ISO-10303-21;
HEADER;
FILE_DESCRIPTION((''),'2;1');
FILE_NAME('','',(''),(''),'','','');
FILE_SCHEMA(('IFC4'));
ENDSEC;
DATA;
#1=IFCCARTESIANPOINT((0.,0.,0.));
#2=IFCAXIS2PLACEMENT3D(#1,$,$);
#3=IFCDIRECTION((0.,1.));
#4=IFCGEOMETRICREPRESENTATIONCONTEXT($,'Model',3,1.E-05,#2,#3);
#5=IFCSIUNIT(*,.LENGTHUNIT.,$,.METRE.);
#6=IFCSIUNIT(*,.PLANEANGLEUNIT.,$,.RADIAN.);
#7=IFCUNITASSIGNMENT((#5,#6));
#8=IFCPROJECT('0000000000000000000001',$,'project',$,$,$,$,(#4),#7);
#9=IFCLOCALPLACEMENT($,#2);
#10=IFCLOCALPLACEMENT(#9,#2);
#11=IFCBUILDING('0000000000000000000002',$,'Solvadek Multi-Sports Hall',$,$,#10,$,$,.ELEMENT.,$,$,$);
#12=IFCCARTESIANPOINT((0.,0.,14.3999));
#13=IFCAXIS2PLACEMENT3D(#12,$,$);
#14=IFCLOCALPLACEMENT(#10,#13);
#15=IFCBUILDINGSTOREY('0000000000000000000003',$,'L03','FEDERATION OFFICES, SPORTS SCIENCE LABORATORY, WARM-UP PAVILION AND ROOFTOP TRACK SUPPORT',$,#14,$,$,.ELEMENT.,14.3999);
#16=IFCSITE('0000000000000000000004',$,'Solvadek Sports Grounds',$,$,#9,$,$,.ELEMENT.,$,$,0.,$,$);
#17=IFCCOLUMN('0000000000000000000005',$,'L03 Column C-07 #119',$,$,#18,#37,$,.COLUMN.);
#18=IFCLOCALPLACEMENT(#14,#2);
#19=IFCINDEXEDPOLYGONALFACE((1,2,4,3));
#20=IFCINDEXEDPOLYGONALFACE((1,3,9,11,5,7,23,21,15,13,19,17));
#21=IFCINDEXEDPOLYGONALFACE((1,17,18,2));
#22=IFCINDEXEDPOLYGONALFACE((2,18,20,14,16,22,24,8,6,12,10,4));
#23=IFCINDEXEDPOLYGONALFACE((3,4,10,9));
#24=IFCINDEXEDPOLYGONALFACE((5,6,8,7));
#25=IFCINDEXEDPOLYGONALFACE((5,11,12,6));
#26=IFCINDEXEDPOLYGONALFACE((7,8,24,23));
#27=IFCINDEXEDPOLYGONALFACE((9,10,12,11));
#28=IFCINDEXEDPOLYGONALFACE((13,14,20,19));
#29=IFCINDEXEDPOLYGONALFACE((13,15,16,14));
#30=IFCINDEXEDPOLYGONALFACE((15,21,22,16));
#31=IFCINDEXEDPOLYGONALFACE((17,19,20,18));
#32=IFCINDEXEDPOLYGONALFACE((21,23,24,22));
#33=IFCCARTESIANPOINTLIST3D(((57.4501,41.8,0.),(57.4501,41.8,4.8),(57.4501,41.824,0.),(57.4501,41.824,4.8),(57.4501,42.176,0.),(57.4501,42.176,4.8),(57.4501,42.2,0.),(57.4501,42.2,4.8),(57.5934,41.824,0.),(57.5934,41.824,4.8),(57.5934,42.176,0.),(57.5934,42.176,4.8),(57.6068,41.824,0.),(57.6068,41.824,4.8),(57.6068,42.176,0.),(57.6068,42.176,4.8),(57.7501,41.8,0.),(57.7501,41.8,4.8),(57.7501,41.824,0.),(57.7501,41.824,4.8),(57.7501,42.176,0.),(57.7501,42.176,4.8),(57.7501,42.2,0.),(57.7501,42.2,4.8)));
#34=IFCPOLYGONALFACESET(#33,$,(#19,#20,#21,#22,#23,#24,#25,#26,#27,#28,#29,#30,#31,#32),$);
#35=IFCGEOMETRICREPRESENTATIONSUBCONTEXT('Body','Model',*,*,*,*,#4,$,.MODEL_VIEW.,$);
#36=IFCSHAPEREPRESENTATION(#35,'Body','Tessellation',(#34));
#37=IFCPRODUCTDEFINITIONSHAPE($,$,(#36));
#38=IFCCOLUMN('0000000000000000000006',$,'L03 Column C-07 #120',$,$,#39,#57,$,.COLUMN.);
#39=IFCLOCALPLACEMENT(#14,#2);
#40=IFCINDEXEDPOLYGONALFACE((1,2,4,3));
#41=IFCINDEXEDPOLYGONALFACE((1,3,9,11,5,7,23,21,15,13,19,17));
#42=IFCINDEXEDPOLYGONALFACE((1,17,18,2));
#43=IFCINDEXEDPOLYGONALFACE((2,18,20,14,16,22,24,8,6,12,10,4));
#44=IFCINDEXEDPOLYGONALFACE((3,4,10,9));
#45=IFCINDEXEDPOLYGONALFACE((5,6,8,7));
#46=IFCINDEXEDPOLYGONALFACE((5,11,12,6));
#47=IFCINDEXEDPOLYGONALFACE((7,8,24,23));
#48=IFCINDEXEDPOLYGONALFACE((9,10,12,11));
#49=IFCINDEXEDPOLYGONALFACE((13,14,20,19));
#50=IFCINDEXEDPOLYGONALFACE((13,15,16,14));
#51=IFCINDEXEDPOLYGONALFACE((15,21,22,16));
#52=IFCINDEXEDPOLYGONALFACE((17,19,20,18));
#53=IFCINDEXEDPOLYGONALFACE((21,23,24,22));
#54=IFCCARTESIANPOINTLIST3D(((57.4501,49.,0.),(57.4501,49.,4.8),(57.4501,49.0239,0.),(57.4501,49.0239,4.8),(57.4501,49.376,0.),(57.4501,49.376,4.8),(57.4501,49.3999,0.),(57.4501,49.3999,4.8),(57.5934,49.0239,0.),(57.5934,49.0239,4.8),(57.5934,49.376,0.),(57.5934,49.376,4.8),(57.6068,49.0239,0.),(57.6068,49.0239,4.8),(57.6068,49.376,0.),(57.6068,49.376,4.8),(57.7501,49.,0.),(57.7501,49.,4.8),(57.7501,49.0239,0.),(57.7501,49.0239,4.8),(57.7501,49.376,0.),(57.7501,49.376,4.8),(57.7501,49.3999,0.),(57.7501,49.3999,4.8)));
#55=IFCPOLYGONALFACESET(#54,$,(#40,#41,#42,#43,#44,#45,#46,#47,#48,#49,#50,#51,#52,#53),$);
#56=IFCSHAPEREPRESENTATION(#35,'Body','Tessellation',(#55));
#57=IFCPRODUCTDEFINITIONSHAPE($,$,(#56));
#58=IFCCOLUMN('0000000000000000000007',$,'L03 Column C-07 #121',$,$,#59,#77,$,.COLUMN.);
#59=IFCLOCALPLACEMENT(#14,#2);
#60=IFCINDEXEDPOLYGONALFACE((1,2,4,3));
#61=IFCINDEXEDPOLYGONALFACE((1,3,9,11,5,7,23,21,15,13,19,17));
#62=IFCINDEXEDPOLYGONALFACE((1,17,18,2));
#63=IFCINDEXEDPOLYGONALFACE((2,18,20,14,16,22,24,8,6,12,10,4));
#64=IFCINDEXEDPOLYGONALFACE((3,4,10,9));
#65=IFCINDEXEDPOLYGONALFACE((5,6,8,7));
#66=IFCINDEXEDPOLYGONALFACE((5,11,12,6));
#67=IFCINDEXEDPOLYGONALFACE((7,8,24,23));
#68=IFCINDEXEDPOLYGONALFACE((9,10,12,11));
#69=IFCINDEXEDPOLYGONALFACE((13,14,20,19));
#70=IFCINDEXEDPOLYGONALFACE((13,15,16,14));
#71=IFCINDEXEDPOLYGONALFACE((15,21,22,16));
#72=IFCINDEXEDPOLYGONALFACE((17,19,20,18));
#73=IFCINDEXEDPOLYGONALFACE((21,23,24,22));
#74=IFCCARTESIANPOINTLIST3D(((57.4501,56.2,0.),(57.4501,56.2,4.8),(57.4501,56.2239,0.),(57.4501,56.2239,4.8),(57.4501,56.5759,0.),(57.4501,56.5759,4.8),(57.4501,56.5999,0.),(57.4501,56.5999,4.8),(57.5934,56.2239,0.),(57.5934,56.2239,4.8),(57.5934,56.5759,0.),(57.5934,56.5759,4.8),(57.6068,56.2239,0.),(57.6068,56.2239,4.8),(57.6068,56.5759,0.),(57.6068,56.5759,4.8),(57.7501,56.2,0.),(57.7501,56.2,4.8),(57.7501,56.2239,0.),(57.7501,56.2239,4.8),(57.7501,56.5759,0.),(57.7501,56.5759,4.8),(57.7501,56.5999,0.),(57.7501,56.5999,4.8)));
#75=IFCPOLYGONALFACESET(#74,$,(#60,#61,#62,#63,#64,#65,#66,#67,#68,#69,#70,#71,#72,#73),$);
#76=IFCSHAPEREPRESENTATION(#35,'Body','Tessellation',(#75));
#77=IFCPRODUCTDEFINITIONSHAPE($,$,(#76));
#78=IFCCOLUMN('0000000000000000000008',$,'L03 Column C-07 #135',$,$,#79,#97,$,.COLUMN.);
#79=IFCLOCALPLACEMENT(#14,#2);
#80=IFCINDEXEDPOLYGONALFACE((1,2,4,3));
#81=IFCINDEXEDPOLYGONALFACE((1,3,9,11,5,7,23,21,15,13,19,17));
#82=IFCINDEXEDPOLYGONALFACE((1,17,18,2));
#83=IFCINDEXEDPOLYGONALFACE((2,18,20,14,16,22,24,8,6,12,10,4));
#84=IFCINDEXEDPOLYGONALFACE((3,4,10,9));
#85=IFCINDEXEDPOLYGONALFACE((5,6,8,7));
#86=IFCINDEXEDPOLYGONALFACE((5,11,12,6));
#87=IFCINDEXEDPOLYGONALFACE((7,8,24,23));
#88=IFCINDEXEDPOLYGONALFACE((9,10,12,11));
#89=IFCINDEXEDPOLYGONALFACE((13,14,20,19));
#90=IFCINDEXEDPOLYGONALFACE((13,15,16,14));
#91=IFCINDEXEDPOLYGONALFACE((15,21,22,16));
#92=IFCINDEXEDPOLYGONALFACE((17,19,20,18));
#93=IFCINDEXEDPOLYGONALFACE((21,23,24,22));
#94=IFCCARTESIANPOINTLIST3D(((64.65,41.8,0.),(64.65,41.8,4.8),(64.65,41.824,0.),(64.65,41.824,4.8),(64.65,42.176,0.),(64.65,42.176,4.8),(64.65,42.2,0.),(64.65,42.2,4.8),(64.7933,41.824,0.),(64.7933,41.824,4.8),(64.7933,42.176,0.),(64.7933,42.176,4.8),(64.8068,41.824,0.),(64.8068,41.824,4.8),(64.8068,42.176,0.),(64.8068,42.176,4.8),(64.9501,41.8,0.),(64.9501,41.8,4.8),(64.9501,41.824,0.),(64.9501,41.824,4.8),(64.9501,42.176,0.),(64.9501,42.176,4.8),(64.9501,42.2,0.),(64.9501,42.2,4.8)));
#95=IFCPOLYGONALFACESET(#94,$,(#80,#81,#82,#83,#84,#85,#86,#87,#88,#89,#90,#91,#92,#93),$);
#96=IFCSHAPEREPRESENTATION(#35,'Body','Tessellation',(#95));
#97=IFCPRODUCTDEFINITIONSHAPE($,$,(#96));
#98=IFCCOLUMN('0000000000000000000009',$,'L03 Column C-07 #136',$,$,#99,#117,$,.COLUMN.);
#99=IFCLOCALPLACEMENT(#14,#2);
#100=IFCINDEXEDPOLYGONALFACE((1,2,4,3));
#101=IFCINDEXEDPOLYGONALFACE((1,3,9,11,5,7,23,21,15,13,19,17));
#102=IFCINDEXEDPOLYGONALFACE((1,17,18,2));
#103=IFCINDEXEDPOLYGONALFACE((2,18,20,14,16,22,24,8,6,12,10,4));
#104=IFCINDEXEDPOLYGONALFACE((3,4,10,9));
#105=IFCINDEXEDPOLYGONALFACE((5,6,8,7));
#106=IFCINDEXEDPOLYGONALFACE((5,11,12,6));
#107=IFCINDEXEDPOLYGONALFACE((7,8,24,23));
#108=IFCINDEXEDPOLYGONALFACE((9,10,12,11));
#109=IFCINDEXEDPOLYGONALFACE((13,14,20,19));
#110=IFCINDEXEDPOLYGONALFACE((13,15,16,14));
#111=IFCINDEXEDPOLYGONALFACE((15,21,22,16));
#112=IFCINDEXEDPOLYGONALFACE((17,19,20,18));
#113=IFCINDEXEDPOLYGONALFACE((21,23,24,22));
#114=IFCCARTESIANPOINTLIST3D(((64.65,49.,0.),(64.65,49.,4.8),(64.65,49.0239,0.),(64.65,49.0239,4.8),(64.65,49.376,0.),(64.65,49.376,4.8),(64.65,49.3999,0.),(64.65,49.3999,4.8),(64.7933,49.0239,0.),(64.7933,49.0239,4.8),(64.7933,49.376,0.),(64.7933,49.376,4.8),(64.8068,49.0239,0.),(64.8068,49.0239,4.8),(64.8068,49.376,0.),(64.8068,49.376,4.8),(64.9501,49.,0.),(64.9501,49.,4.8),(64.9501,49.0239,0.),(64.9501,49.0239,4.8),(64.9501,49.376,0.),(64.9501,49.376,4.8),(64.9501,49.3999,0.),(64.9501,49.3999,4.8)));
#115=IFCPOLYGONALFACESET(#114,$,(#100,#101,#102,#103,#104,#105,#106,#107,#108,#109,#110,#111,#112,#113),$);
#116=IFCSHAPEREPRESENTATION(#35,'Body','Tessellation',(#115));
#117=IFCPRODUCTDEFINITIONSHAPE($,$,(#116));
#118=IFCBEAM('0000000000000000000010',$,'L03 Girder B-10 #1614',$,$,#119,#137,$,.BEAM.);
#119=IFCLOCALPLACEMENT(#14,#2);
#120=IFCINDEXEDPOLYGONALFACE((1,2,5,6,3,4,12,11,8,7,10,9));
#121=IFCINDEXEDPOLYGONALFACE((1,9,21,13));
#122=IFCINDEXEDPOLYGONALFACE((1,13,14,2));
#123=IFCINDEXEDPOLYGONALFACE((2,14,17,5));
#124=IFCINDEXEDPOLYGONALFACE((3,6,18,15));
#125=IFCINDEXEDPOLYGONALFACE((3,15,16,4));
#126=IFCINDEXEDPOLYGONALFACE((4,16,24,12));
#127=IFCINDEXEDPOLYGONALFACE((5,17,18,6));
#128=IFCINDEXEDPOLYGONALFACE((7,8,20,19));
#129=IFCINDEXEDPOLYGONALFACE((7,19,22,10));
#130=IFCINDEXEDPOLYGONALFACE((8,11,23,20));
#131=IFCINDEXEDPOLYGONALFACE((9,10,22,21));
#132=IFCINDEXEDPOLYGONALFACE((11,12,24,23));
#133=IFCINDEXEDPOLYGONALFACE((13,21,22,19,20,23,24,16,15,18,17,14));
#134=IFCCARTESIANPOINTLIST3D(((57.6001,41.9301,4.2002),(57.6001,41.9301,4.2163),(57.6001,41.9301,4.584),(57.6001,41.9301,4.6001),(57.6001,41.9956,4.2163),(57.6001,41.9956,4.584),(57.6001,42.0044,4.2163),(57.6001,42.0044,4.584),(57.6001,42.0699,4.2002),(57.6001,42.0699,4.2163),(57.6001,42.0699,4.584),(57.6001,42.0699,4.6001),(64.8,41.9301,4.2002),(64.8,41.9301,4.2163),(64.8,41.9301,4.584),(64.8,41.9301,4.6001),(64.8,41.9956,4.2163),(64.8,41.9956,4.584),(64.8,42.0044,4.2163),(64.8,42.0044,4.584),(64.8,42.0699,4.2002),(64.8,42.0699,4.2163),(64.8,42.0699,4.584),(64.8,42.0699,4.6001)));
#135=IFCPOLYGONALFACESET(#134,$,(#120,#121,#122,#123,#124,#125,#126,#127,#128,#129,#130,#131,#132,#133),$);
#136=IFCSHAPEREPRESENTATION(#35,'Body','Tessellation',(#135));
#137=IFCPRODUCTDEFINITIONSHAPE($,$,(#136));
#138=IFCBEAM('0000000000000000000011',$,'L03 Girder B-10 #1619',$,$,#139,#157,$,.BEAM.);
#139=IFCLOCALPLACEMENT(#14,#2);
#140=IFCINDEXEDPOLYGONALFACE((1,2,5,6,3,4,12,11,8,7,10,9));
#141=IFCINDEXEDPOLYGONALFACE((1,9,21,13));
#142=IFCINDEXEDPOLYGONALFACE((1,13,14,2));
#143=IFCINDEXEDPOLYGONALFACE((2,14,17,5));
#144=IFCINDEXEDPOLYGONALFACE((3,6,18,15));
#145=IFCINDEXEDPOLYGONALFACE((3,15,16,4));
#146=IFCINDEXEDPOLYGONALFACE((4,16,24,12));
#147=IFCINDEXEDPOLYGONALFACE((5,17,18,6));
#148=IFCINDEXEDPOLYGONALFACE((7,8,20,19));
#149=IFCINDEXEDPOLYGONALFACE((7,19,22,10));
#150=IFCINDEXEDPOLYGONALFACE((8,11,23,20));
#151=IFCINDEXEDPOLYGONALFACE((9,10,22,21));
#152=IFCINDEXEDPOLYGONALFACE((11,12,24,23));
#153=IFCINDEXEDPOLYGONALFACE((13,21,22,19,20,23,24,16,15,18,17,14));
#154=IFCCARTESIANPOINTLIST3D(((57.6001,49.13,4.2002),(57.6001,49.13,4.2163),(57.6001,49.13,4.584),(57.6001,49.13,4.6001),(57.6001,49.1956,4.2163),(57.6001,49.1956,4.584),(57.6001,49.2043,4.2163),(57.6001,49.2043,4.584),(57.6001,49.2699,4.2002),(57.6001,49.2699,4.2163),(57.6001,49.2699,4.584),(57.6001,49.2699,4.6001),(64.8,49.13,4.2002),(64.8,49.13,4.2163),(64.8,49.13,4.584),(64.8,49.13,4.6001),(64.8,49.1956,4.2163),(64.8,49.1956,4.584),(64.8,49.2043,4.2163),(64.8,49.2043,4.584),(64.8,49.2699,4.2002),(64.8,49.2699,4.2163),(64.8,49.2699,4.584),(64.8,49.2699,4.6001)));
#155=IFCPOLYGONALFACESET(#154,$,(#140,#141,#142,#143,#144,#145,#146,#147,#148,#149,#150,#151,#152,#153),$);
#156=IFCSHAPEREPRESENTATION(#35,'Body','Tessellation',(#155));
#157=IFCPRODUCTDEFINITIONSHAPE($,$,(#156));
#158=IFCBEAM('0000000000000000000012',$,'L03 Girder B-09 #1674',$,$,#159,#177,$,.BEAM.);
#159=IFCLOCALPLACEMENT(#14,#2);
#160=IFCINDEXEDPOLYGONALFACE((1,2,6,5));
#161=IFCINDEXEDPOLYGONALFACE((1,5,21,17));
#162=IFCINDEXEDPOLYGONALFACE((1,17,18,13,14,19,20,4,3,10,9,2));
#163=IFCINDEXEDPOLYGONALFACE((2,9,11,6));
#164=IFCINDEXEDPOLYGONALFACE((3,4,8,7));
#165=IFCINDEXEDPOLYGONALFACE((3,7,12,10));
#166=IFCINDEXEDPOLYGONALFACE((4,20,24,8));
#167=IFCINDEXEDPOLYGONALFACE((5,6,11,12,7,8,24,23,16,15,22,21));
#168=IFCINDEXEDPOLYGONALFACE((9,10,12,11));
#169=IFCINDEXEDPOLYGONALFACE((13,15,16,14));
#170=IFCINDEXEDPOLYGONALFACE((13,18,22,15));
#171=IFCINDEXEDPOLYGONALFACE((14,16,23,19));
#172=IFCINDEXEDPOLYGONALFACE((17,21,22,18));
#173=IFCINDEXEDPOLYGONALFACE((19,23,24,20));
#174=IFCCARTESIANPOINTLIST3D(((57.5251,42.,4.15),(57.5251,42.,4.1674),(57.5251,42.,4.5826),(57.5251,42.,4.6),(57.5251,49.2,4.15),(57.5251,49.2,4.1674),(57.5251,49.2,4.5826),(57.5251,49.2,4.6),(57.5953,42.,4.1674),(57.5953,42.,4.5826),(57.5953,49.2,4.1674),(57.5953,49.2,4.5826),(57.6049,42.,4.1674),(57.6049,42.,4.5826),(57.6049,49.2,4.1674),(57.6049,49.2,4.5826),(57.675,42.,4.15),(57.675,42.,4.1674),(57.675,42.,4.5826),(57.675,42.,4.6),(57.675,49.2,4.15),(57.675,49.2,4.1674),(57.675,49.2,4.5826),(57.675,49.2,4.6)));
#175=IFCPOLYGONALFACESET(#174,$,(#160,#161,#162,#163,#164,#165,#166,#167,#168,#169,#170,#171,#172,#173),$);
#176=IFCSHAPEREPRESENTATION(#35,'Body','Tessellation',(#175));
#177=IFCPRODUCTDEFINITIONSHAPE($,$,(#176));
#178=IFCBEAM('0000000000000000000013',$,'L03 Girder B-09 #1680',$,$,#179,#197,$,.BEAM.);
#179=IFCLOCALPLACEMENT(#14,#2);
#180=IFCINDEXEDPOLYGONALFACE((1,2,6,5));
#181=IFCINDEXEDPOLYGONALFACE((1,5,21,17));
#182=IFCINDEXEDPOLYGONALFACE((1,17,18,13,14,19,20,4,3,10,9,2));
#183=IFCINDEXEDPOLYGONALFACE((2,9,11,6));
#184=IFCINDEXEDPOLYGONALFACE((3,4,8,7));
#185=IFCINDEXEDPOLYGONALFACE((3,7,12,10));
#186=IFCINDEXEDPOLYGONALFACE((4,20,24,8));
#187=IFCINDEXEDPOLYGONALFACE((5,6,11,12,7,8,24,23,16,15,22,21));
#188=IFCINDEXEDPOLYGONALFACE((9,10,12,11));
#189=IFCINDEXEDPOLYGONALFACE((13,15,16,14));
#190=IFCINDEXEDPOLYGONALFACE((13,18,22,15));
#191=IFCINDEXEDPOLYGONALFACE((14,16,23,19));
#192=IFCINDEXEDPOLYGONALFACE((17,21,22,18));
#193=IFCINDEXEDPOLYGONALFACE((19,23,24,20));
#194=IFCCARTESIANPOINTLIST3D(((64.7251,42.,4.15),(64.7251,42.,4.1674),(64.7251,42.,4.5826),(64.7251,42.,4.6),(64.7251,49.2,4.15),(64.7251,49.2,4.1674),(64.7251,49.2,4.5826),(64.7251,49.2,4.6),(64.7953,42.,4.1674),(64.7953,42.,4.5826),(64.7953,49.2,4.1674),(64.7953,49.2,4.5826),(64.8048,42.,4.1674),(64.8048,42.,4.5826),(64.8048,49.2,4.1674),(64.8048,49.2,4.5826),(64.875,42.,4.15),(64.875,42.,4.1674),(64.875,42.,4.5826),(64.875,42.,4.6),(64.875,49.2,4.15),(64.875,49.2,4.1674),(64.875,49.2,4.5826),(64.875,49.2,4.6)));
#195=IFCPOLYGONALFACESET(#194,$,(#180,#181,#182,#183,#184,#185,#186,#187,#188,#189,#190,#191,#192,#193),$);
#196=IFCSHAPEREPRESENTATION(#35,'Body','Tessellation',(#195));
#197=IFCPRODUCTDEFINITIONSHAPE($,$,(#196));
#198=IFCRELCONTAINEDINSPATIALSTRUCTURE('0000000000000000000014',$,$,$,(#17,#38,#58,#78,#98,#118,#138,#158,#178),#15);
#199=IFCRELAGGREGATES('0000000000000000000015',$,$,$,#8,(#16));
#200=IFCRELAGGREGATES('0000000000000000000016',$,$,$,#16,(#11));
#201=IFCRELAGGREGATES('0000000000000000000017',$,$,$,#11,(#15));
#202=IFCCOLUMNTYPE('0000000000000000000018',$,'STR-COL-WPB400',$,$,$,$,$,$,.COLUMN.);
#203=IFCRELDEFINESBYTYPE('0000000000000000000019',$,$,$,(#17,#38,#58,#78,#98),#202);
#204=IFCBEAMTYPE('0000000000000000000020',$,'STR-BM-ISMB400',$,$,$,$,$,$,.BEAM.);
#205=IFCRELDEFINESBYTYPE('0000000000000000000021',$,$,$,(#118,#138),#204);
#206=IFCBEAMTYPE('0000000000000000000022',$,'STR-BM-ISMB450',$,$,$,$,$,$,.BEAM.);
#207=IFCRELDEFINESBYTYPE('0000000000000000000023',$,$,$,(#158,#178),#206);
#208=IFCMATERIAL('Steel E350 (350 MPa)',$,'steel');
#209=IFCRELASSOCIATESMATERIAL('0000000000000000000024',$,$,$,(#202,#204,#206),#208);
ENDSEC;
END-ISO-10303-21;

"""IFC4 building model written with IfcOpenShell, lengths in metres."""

from ifc_helpers import new_model, si_unit, direction, frame, origin, origin_2d, place, context, subcontext, project, spatial, i_section, extrude, material, material_profile, profile_set, type_object, element, save


model = new_model("IFC4")

# Units and contexts
model_context = context("Model", 3, precision=1e-05, world=origin(), true_north=direction((0.0, 1.0)))
body_context = subcontext(model_context, "Body", "Model", "MODEL_VIEW")
ifc_project = project(units=[si_unit("LENGTHUNIT", "METRE"), si_unit("PLANEANGLEUNIT", "RADIAN")], contexts=[model_context])

# Site, building, storey
site_placement = place(None, origin())
site = spatial("IfcSite", under=ifc_project, at=site_placement, Name="Solvadek Sports Grounds", CompositionType="ELEMENT", RefElevation=0.0)
building_placement = place(site_placement, origin())
building = spatial("IfcBuilding", under=site, at=building_placement, Name="Solvadek Multi-Sports Hall", CompositionType="ELEMENT")
storey_placement = place(building_placement, frame((0.0, 0.0, 14.3999)))
storey = spatial("IfcBuildingStorey", under=building, at=storey_placement, Name="L03", Description="FEDERATION OFFICES, SPORTS SCIENCE LABORATORY, WARM-UP PAVILION AND ROOFTOP TRACK SUPPORT", CompositionType="ELEMENT", Elevation=14.3999)

# Columns
ifc_material_1 = material(Name="Steel E350 (350 MPa)", Category="steel")
ifc_material_profile_1 = material_profile(ifc_material_1, i_section(OverallWidth=0.3, OverallDepth=0.3999, WebThickness=0.0134, FlangeThickness=0.0239, at=origin_2d()), Name="WPB 400")
ifc_profile_set_1 = profile_set([ifc_material_profile_1], Name="Steel E350 (350 MPa)")
column_type = type_object("IfcColumnType", Name="STR-COL-WPB400", PredefinedType="COLUMN", material=ifc_profile_set_1)
for number, where, z_axis, x_axis, name in (
    (1, (57.6001, 42.0, 0.0), (0.0, 0.0, 1.0), (1.0, 0.0, 0.0), "L03 Column C-07 #119"),
    (2, (57.6001, 49.2, 0.0), (0.0, 0.0, 1.0), (1.0, 0.0, 0.0), "L03 Column C-07 #120"),
    (3, (57.6001, 56.3999, 0.0), (0.0, 0.0, 1.0), (1.0, 0.0, 0.0), "L03 Column C-07 #121"),
    (4, (64.8, 42.0, 0.0), (0.0, 0.0, 1.0), (1.0, 0.0, 0.0), "L03 Column C-07 #135"),
    (5, (64.8, 49.2, 0.0), (0.0, 0.0, 1.0), (1.0, 0.0, 0.0), "L03 Column C-07 #136"),
):
    element("IfcColumn", number, at=place(storey_placement, frame(where, z_axis=z_axis, x_axis=x_axis)), inside=storey, type_object=column_type, Name=name, PredefinedType="COLUMN", context=body_context, shape_type="SweptSolid", body=[
        extrude(i_section(OverallWidth=0.3, OverallDepth=0.3999, WebThickness=0.0134, FlangeThickness=0.0239, at=origin_2d()), origin(), (0.0, 0.0, 1.0), 4.8),
    ])

# Beams
ifc_material_profile_2 = material_profile(ifc_material_1, i_section(OverallWidth=0.1399, OverallDepth=0.3999, WebThickness=0.0088, FlangeThickness=0.0161, at=origin_2d()), Name="ISMB 400")
ifc_profile_set_2 = profile_set([ifc_material_profile_2], Name="Steel E350 (350 MPa)")
beam_type_1 = type_object("IfcBeamType", Name="STR-BM-ISMB400", PredefinedType="BEAM", material=ifc_profile_set_2)
for number, where, z_axis, x_axis, name in (
    (6, (57.6001, 42.0, 4.4001), (1.0, 0.0, 0.0), (0.0, 1.0, 0.0), "L03 Girder B-10 #1614"),
    (7, (57.6001, 49.2, 4.4001), (1.0, 0.0, 0.0), (0.0, 1.0, 0.0), "L03 Girder B-10 #1619"),
):
    element("IfcBeam", number, at=place(storey_placement, frame(where, z_axis=z_axis, x_axis=x_axis)), inside=storey, type_object=beam_type_1, Name=name, PredefinedType="BEAM", context=body_context, shape_type="SweptSolid", body=[
        extrude(i_section(OverallWidth=0.1399, OverallDepth=0.3999, WebThickness=0.0088, FlangeThickness=0.0161, at=origin_2d()), origin(), (0.0, 0.0, 1.0), 7.2),
    ])
ifc_material_profile_3 = material_profile(ifc_material_1, i_section(OverallWidth=0.1499, OverallDepth=0.45, WebThickness=0.0095, FlangeThickness=0.0173, at=origin_2d()), Name="ISMB 450")
ifc_profile_set_3 = profile_set([ifc_material_profile_3], Name="Steel E350 (350 MPa)")
beam_type_2 = type_object("IfcBeamType", Name="STR-BM-ISMB450", PredefinedType="BEAM", material=ifc_profile_set_3)
for number, where, z_axis, x_axis, name in (
    (8, (57.6001, 42.0, 4.375), (0.0, 1.0, 0.0), (-1.0, 0.0, 0.0), "L03 Girder B-09 #1674"),
    (9, (64.8, 42.0, 4.375), (0.0, 1.0, 0.0), (-1.0, 0.0, 0.0), "L03 Girder B-09 #1680"),
):
    element("IfcBeam", number, at=place(storey_placement, frame(where, z_axis=z_axis, x_axis=x_axis)), inside=storey, type_object=beam_type_2, Name=name, PredefinedType="BEAM", context=body_context, shape_type="SweptSolid", body=[
        extrude(i_section(OverallWidth=0.1499, OverallDepth=0.45, WebThickness=0.0095, FlangeThickness=0.0173, at=origin_2d()), origin(), (0.0, 0.0, 1.0), 7.2),
    ])

save(model, "model.ifc")
